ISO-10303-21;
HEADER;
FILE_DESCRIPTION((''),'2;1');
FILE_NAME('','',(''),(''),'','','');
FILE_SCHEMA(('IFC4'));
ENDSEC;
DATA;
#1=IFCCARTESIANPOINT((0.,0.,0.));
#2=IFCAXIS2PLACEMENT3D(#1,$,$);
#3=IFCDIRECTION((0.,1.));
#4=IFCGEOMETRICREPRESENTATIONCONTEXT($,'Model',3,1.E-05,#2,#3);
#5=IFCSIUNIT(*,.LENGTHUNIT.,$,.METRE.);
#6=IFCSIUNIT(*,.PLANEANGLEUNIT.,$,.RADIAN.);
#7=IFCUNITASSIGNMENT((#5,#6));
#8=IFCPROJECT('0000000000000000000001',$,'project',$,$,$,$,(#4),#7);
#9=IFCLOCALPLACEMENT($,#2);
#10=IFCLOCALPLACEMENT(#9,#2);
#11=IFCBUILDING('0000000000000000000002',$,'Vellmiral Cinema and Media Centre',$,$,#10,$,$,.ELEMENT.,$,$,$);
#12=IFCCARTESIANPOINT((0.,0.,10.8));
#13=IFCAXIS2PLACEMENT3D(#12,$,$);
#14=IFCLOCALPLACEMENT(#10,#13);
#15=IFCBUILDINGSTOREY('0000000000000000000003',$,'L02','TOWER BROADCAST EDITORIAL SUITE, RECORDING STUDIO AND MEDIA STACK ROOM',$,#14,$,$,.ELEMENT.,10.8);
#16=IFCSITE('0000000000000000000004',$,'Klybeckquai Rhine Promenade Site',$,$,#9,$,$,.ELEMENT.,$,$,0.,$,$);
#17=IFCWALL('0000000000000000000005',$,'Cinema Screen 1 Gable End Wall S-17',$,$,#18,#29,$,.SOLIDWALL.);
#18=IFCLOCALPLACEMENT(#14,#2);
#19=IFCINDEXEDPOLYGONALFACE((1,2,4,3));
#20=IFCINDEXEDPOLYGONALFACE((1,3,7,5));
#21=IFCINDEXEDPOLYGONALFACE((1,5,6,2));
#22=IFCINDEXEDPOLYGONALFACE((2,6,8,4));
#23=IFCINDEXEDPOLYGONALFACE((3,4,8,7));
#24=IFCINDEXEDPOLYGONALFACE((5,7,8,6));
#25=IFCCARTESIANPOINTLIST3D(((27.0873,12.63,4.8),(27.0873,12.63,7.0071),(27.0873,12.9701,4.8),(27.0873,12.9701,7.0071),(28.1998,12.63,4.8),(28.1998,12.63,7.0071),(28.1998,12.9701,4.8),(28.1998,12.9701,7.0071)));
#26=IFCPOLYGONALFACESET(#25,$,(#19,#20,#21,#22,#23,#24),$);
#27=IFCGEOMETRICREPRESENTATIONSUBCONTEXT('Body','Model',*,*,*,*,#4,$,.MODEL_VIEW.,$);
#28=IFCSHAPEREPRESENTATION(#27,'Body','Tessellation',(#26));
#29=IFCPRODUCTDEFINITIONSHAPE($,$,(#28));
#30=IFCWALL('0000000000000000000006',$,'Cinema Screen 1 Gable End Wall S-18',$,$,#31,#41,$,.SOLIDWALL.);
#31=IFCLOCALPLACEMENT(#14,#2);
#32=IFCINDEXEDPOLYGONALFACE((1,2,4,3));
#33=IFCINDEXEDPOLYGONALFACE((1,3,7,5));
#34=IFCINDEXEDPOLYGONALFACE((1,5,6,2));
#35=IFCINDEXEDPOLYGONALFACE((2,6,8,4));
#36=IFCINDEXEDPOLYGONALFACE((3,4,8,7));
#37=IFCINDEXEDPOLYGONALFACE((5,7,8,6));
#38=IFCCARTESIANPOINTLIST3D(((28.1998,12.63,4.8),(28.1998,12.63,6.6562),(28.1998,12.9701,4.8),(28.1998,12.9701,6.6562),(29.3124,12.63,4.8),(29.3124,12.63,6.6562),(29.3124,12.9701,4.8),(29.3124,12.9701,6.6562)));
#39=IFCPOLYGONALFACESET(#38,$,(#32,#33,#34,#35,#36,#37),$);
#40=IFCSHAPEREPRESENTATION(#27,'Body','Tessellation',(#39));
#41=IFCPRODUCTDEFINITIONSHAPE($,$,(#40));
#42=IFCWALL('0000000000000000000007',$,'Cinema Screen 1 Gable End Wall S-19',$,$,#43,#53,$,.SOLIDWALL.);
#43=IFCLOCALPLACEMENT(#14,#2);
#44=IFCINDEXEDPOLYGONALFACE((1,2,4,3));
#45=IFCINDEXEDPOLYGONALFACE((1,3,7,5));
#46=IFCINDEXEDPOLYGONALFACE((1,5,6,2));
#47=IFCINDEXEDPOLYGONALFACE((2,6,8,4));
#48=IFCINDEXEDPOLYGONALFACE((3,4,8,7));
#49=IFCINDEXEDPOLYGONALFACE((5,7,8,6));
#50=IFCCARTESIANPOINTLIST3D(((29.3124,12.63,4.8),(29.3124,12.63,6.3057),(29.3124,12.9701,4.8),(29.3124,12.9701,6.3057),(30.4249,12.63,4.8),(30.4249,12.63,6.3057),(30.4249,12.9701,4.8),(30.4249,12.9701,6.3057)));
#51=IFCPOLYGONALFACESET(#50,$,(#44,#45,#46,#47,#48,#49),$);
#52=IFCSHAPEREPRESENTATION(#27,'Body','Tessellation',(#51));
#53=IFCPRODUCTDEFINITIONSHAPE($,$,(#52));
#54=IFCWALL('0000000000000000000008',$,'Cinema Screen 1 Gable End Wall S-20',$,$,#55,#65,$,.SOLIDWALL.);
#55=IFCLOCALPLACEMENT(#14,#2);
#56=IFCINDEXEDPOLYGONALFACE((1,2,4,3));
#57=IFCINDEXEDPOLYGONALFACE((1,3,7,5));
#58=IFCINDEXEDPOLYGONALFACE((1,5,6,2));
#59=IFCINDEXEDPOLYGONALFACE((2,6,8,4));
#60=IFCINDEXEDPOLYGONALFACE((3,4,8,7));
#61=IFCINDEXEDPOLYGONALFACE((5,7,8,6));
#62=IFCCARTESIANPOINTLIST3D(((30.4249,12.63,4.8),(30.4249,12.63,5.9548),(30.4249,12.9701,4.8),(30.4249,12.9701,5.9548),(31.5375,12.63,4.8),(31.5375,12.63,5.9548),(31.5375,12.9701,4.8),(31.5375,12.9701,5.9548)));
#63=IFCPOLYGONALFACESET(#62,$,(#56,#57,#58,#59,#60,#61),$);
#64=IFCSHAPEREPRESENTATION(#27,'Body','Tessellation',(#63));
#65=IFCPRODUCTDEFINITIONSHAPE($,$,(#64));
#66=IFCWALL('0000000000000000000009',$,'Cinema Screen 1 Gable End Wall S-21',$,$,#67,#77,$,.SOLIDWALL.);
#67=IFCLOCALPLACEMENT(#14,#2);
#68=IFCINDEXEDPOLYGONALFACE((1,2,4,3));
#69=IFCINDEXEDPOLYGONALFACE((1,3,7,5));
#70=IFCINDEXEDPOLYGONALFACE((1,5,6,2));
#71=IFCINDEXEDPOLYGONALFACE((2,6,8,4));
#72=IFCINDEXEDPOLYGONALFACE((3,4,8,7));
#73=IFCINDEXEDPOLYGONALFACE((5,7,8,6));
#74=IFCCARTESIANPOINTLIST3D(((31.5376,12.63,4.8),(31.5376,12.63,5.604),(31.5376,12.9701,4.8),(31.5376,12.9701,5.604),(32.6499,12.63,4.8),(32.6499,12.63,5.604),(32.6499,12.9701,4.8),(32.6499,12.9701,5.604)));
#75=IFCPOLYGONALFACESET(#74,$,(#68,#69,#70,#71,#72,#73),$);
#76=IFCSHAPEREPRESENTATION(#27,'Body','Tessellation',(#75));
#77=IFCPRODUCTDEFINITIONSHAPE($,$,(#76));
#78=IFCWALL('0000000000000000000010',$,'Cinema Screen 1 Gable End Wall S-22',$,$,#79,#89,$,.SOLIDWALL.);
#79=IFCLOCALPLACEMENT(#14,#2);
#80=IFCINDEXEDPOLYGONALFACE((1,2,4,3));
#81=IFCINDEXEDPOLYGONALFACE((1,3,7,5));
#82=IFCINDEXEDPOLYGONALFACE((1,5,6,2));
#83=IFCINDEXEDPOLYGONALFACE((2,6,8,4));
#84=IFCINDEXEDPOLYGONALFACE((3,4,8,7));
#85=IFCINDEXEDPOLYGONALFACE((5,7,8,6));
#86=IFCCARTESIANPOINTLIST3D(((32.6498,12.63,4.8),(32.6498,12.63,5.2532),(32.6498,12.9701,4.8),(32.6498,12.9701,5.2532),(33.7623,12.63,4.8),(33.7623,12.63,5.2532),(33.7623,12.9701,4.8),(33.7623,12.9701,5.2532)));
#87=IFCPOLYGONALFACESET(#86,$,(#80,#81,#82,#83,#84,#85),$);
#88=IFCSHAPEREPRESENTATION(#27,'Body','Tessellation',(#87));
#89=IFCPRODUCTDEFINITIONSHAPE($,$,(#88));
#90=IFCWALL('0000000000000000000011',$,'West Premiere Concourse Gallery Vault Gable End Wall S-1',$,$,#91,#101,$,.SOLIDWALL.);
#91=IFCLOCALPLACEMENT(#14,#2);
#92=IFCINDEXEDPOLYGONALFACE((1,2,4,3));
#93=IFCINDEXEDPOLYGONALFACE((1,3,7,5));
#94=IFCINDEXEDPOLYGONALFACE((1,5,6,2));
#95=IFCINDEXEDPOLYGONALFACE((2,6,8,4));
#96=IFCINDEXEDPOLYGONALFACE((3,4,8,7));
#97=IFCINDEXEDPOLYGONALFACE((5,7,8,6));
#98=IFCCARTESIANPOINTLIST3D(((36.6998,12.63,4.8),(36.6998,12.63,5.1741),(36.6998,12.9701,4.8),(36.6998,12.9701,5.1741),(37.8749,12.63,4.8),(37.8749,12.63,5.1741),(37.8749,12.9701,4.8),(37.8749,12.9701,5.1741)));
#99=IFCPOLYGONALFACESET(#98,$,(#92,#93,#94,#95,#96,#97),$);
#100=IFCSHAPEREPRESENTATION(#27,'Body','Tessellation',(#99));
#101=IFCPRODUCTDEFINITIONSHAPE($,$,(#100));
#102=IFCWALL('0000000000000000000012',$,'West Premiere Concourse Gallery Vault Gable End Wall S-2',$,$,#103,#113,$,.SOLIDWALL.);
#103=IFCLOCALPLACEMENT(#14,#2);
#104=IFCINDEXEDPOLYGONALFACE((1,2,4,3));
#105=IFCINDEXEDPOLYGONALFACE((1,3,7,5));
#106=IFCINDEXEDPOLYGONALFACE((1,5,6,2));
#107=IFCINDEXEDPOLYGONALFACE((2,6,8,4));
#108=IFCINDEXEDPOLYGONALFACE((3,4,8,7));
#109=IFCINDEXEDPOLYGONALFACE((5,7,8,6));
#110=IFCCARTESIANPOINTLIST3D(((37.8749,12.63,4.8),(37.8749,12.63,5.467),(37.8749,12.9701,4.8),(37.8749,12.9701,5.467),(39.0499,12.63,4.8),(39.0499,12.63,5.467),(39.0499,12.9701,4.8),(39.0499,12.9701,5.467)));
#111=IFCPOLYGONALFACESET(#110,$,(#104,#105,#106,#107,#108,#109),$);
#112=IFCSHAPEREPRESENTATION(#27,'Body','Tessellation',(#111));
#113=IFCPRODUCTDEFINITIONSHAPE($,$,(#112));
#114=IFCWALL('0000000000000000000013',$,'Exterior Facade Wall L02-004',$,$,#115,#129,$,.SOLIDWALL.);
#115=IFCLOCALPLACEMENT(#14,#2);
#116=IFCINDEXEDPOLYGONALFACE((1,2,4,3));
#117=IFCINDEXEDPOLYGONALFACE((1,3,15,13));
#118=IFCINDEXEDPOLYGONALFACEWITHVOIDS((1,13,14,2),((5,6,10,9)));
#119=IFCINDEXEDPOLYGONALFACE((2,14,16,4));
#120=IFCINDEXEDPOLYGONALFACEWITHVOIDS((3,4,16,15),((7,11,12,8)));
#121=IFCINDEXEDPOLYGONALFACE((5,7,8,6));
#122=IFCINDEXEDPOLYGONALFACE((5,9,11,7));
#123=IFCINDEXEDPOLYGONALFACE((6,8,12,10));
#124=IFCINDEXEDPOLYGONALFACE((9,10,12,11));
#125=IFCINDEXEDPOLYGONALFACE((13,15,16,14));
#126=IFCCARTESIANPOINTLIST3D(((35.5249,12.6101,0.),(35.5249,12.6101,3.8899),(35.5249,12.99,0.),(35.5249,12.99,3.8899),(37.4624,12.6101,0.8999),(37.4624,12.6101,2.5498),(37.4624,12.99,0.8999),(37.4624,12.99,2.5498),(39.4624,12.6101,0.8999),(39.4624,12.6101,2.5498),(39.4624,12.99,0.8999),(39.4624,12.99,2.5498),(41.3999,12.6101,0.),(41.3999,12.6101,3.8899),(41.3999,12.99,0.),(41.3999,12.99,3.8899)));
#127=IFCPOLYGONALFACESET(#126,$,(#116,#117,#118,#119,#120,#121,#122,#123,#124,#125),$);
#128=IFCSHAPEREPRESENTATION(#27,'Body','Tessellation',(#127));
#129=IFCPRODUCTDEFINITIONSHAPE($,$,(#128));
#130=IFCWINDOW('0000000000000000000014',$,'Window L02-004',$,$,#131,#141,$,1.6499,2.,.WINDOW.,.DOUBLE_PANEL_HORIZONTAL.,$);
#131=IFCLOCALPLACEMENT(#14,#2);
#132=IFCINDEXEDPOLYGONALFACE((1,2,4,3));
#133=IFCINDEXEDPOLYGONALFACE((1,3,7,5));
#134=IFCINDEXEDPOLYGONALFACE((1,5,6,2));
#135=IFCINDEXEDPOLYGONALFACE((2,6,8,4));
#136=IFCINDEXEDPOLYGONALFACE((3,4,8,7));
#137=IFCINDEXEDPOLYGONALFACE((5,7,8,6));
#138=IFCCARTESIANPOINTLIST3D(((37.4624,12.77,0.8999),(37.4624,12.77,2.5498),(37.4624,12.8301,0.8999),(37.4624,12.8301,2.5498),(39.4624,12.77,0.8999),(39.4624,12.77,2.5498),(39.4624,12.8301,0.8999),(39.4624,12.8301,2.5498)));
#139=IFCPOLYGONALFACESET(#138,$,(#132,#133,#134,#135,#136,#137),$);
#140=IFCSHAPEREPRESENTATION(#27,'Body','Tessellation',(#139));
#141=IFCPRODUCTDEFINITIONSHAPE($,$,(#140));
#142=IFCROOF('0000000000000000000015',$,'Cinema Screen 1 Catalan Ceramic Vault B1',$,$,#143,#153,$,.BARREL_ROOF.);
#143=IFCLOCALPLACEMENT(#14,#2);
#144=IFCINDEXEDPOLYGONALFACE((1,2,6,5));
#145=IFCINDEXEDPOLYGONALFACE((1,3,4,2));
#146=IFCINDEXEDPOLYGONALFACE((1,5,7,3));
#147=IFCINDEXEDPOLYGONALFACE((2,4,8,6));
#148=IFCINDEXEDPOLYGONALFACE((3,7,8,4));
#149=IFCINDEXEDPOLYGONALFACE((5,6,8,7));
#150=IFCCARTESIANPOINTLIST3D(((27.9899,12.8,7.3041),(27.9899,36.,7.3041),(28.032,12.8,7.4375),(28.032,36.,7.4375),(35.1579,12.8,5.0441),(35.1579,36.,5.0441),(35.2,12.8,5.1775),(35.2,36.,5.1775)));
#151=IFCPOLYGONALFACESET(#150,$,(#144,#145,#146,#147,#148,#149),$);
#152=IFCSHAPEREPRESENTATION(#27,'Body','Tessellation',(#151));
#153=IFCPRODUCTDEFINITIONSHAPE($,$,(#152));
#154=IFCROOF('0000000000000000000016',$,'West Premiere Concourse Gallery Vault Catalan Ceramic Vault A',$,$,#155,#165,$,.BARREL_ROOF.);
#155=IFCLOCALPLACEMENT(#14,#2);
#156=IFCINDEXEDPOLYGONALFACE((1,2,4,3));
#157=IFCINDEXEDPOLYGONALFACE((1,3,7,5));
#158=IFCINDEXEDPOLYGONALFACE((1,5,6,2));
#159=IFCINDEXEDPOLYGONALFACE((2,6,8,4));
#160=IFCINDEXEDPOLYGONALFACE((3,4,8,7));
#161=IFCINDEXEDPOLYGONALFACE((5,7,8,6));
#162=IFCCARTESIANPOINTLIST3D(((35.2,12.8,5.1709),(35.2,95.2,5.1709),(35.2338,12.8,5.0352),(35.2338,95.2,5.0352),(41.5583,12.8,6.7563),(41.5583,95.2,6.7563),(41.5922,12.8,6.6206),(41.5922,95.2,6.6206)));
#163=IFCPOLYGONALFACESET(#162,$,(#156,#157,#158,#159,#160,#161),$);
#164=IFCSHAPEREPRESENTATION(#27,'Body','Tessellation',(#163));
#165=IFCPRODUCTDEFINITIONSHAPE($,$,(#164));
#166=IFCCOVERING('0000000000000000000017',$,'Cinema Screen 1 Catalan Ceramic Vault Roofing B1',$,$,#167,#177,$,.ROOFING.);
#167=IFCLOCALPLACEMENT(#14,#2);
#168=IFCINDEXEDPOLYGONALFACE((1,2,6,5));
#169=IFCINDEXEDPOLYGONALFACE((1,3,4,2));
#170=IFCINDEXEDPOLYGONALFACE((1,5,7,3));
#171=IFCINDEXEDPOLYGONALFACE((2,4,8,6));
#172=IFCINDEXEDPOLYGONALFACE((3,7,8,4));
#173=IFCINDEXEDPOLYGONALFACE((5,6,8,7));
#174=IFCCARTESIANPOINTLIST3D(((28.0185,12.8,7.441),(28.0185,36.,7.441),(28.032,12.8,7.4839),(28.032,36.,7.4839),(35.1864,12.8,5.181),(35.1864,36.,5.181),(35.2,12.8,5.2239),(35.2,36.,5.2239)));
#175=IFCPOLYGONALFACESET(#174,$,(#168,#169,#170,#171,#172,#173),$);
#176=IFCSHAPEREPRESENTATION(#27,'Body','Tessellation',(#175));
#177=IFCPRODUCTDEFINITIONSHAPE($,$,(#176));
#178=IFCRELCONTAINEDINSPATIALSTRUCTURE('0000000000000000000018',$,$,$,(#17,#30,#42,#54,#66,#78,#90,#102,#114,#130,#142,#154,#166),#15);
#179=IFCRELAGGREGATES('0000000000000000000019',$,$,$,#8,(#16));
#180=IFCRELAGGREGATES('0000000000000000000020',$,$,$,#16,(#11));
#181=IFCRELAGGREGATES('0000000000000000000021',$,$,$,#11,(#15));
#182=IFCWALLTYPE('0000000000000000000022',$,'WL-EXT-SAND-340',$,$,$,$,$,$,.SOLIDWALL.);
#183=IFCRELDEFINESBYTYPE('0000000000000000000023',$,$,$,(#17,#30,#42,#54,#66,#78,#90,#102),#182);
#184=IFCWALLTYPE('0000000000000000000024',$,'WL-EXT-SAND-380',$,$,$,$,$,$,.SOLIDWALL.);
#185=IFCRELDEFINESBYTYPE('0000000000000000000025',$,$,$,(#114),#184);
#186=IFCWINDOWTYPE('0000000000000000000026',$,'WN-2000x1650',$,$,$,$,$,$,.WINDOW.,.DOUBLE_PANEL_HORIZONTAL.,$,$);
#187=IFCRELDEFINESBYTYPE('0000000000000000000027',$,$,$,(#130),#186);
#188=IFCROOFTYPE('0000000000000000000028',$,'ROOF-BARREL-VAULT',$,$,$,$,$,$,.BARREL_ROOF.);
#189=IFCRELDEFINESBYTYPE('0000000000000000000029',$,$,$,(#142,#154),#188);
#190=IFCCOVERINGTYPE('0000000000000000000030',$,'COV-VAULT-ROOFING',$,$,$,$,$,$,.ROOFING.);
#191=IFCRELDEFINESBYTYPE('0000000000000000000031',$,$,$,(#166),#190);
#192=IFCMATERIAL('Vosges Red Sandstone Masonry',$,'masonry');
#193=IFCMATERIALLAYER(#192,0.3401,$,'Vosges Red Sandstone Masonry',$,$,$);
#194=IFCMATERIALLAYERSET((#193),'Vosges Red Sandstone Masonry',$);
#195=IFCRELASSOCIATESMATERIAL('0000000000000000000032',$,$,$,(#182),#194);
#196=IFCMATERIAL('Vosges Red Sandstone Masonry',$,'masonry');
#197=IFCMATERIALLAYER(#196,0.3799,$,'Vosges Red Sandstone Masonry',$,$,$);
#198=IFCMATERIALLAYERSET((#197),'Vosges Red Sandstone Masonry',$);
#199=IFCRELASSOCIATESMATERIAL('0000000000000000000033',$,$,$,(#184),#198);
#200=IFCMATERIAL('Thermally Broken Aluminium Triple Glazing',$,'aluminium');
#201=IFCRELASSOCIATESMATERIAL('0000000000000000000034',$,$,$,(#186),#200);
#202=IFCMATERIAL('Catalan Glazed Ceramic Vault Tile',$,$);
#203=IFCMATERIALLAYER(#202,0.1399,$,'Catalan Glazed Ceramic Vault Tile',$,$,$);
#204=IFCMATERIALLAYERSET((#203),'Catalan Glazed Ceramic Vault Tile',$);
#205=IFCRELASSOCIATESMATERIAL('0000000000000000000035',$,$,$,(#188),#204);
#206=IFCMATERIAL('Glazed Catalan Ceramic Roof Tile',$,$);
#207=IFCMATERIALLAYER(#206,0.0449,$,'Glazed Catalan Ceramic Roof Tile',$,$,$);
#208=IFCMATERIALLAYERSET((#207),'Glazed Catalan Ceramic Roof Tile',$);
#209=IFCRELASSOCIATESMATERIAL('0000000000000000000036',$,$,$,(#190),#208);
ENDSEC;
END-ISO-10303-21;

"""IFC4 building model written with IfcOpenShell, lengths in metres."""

from ifc_helpers import new_model, si_unit, direction, frame, frame_2d, origin, place, context, subcontext, project, spatial, polyline, rectangle, outline, extrude, material, layer, layer_set, type_object, element, fill, save


model = new_model("IFC4")

# Units and contexts
model_context = context("Model", 3, precision=1e-05, world=origin(), true_north=direction((0.0, 1.0)))
body_context = subcontext(model_context, "Body", "Model", "MODEL_VIEW")
ifc_project = project(units=[si_unit("LENGTHUNIT", "METRE"), si_unit("PLANEANGLEUNIT", "RADIAN")], contexts=[model_context])

# Site, building, storey
site_placement = place(None, origin())
site = spatial("IfcSite", under=ifc_project, at=site_placement, Name="Klybeckquai Rhine Promenade Site", CompositionType="ELEMENT", RefElevation=0.0)
building_placement = place(site_placement, origin())
building = spatial("IfcBuilding", under=site, at=building_placement, Name="Vellmiral Cinema and Media Centre", CompositionType="ELEMENT")
storey_placement = place(building_placement, frame((0.0, 0.0, 10.8)))
storey = spatial("IfcBuildingStorey", under=building, at=storey_placement, Name="L02", Description="TOWER BROADCAST EDITORIAL SUITE, RECORDING STUDIO AND MEDIA STACK ROOM", CompositionType="ELEMENT", Elevation=10.8)

# Walls
ifc_material_1 = material(Name="Vosges Red Sandstone Masonry", Category="masonry")
ifc_layer_1 = layer(ifc_material_1, 0.3401, Name="Vosges Red Sandstone Masonry")
ifc_layer_set_1 = layer_set([ifc_layer_1], Name="Vosges Red Sandstone Masonry")
wall_type_1 = type_object("IfcWallType", Name="WL-EXT-SAND-340", PredefinedType="SOLIDWALL", material=ifc_layer_set_1)
wall_1_placement = place(storey_placement, frame((27.0874, 12.8, 4.8), z_axis=(0.0, 0.0, 1.0), x_axis=(1.0, 0.0, 0.0)))
element("IfcWall", 1, at=wall_1_placement, inside=storey, type_object=wall_type_1, Name="Cinema Screen 1 Gable End Wall S-17", PredefinedType="SOLIDWALL", context=body_context, shape_type="SweptSolid", body=[
    extrude(rectangle(XDim=1.1125, YDim=0.3401, at=frame_2d((0.5562, 0.0))), origin(), (0.0, 0.0, 1.0), 2.207),
])
wall_2_placement = place(storey_placement, frame((28.2, 12.8, 4.8), z_axis=(0.0, 0.0, 1.0), x_axis=(1.0, 0.0, 0.0)))
element("IfcWall", 2, at=wall_2_placement, inside=storey, type_object=wall_type_1, Name="Cinema Screen 1 Gable End Wall S-18", PredefinedType="SOLIDWALL", context=body_context, shape_type="SweptSolid", body=[
    extrude(rectangle(XDim=1.1125, YDim=0.3401, at=frame_2d((0.5562, 0.0))), origin(), (0.0, 0.0, 1.0), 1.8562),
])
wall_3_placement = place(storey_placement, frame((29.3125, 12.8, 4.8), z_axis=(0.0, 0.0, 1.0), x_axis=(1.0, 0.0, 0.0)))
element("IfcWall", 3, at=wall_3_placement, inside=storey, type_object=wall_type_1, Name="Cinema Screen 1 Gable End Wall S-19", PredefinedType="SOLIDWALL", context=body_context, shape_type="SweptSolid", body=[
    extrude(rectangle(XDim=1.1125, YDim=0.3401, at=frame_2d((0.5562, 0.0))), origin(), (0.0, 0.0, 1.0), 1.5056),
])
wall_4_placement = place(storey_placement, frame((30.425, 12.8, 4.8), z_axis=(0.0, 0.0, 1.0), x_axis=(1.0, 0.0, 0.0)))
element("IfcWall", 4, at=wall_4_placement, inside=storey, type_object=wall_type_1, Name="Cinema Screen 1 Gable End Wall S-20", PredefinedType="SOLIDWALL", context=body_context, shape_type="SweptSolid", body=[
    extrude(rectangle(XDim=1.1125, YDim=0.3401, at=frame_2d((0.5562, 0.0))), origin(), (0.0, 0.0, 1.0), 1.1548),
])
wall_5_placement = place(storey_placement, frame((31.5376, 12.8, 4.8), z_axis=(0.0, 0.0, 1.0), x_axis=(1.0, 0.0, 0.0)))
element("IfcWall", 5, at=wall_5_placement, inside=storey, type_object=wall_type_1, Name="Cinema Screen 1 Gable End Wall S-21", PredefinedType="SOLIDWALL", context=body_context, shape_type="SweptSolid", body=[
    extrude(rectangle(XDim=1.1123, YDim=0.3401, at=frame_2d((0.5562, 0.0))), origin(), (0.0, 0.0, 1.0), 0.804),
])
wall_6_placement = place(storey_placement, frame((32.6499, 12.8, 4.8), z_axis=(0.0, 0.0, 1.0), x_axis=(1.0, 0.0, 0.0)))
element("IfcWall", 6, at=wall_6_placement, inside=storey, type_object=wall_type_1, Name="Cinema Screen 1 Gable End Wall S-22", PredefinedType="SOLIDWALL", context=body_context, shape_type="SweptSolid", body=[
    extrude(rectangle(XDim=1.1125, YDim=0.3401, at=frame_2d((0.5562, 0.0))), origin(), (0.0, 0.0, 1.0), 0.4531),
])
wall_7_placement = place(storey_placement, frame((36.7, 12.8, 4.8), z_axis=(0.0, 0.0, 1.0), x_axis=(1.0, 0.0, 0.0)))
element("IfcWall", 7, at=wall_7_placement, inside=storey, type_object=wall_type_1, Name="West Premiere Concourse Gallery Vault Gable End Wall S-1", PredefinedType="SOLIDWALL", context=body_context, shape_type="SweptSolid", body=[
    extrude(rectangle(XDim=1.175, YDim=0.3401, at=frame_2d((0.5874, 0.0))), origin(), (0.0, 0.0, 1.0), 0.374),
])
wall_8_placement = place(storey_placement, frame((37.875, 12.8, 4.8), z_axis=(0.0, 0.0, 1.0), x_axis=(1.0, 0.0, 0.0)))
element("IfcWall", 8, at=wall_8_placement, inside=storey, type_object=wall_type_1, Name="West Premiere Concourse Gallery Vault Gable End Wall S-2", PredefinedType="SOLIDWALL", context=body_context, shape_type="SweptSolid", body=[
    extrude(rectangle(XDim=1.175, YDim=0.3401, at=frame_2d((0.5874, 0.0))), origin(), (0.0, 0.0, 1.0), 0.667),
])

# Wall, opening, window
ifc_material_2 = material(Name="Vosges Red Sandstone Masonry", Category="masonry")
ifc_layer_2 = layer(ifc_material_2, 0.3799, Name="Vosges Red Sandstone Masonry")
ifc_layer_set_2 = layer_set([ifc_layer_2], Name="Vosges Red Sandstone Masonry")
wall_type_2 = type_object("IfcWallType", Name="WL-EXT-SAND-380", PredefinedType="SOLIDWALL", material=ifc_layer_set_2)
wall_9_placement = place(storey_placement, frame((35.5249, 12.8, 0.0), z_axis=(0.0, 0.0, 1.0), x_axis=(1.0, 0.0, 0.0)))
wall_9 = element("IfcWall", 9, at=wall_9_placement, inside=storey, type_object=wall_type_2, Name="Exterior Facade Wall L02-004", PredefinedType="SOLIDWALL", context=body_context, shape_type="SweptSolid", body=[
    extrude(rectangle(XDim=5.875, YDim=0.3799, at=frame_2d((2.9375, 0.0))), origin(), (0.0, 0.0, 1.0), 3.8899),
])
opening_placement = place(wall_9_placement, frame((1.9375, 0.0, 0.8999)))
opening = element("IfcOpeningElement", 10, at=opening_placement, cuts=wall_9, PredefinedType="OPENING", context=body_context, shape_type="SweptSolid", body=[
    extrude(rectangle(XDim=2.0, YDim=1.6499, at=frame_2d((1.0, 0.825))), frame((0.0, 0.2019, 0.0), z_axis=(0.0, -1.0, 0.0), x_axis=(1.0, 0.0, 0.0)), (0.0, 0.0, 1.0), 0.4038),
])
ifc_material_3 = material(Name="Thermally Broken Aluminium Triple Glazing", Category="aluminium")
window_type = type_object("IfcWindowType", Name="WN-2000x1650", PartitioningType="DOUBLE_PANEL_HORIZONTAL", PredefinedType="WINDOW", material=ifc_material_3)
window_placement = place(opening_placement, origin())
window = element("IfcWindow", 11, at=window_placement, inside=storey, type_object=window_type, Name="Window L02-004", OverallHeight=1.6499, OverallWidth=2.0, PartitioningType="DOUBLE_PANEL_HORIZONTAL", PredefinedType="WINDOW", context=body_context, shape_type="SweptSolid", body=[
    extrude(rectangle(XDim=2.0, YDim=1.6499, at=frame_2d((1.0, 0.825))), frame((0.0, 0.03, 0.0), z_axis=(0.0, -1.0, 0.0), x_axis=(1.0, 0.0, 0.0)), (0.0, 0.0, 1.0), 0.0601),
])
fill(opening, window)

# Roofs
ifc_material_4 = material(Name="Catalan Glazed Ceramic Vault Tile")
ifc_layer_3 = layer(ifc_material_4, 0.1399, Name="Catalan Glazed Ceramic Vault Tile")
ifc_layer_set_3 = layer_set([ifc_layer_3], Name="Catalan Glazed Ceramic Vault Tile")
roof_type = type_object("IfcRoofType", Name="ROOF-BARREL-VAULT", PredefinedType="BARREL_ROOF", material=ifc_layer_set_3)
roof_1_placement = place(storey_placement, frame((28.032, 12.8, 7.4375), z_axis=(0.300701, 0.0, 0.953719), x_axis=(0.953719, 0.0, -0.300701)))
element("IfcRoof", 12, at=roof_1_placement, inside=storey, type_object=roof_type, Name="Cinema Screen 1 Catalan Ceramic Vault B1", PredefinedType="BARREL_ROOF", context=body_context, shape_type="SweptSolid", body=[
    extrude(outline(polyline([(0.0, 0.0), (7.5158, 0.0), (7.5158, 23.2), (0.0, 23.2), (0.0, 0.0)])), origin(), (0.0, 0.0, -1.0), 0.1399),
])
roof_2_placement = place(storey_placement, frame((35.2, 12.8, 5.1709), z_axis=(-0.241939, 0.0, 0.970291), x_axis=(0.970291, 0.0, 0.241939)))
element("IfcRoof", 13, at=roof_2_placement, inside=storey, type_object=roof_type, Name="West Premiere Concourse Gallery Vault Catalan Ceramic Vault A", PredefinedType="BARREL_ROOF", context=body_context, shape_type="SweptSolid", body=[
    extrude(outline(polyline([(0.0, 0.0), (6.5531, 0.0), (6.5531, 82.3999), (0.0, 82.3999), (0.0, 0.0)])), origin(), (0.0, 0.0, -1.0), 0.1399),
])

# Covering
ifc_material_5 = material(Name="Glazed Catalan Ceramic Roof Tile")
ifc_layer_4 = layer(ifc_material_5, 0.0449, Name="Glazed Catalan Ceramic Roof Tile")
ifc_layer_set_4 = layer_set([ifc_layer_4], Name="Glazed Catalan Ceramic Roof Tile")
covering_type = type_object("IfcCoveringType", Name="COV-VAULT-ROOFING", PredefinedType="ROOFING", material=ifc_layer_set_4)
covering_1_placement = place(storey_placement, frame((28.032, 12.8, 7.4839), z_axis=(0.300701, 0.0, 0.953719), x_axis=(0.953719, 0.0, -0.300701)))
element("IfcCovering", 14, at=covering_1_placement, inside=storey, type_object=covering_type, Name="Cinema Screen 1 Catalan Ceramic Vault Roofing B1", PredefinedType="ROOFING", context=body_context, shape_type="SweptSolid", body=[
    extrude(outline(polyline([(0.0, 0.0), (7.5158, 0.0), (7.5158, 23.2), (0.0, 23.2), (0.0, 0.0)])), origin(), (0.0, 0.0, -1.0), 0.0449),
])

save(model, "model.ifc")
